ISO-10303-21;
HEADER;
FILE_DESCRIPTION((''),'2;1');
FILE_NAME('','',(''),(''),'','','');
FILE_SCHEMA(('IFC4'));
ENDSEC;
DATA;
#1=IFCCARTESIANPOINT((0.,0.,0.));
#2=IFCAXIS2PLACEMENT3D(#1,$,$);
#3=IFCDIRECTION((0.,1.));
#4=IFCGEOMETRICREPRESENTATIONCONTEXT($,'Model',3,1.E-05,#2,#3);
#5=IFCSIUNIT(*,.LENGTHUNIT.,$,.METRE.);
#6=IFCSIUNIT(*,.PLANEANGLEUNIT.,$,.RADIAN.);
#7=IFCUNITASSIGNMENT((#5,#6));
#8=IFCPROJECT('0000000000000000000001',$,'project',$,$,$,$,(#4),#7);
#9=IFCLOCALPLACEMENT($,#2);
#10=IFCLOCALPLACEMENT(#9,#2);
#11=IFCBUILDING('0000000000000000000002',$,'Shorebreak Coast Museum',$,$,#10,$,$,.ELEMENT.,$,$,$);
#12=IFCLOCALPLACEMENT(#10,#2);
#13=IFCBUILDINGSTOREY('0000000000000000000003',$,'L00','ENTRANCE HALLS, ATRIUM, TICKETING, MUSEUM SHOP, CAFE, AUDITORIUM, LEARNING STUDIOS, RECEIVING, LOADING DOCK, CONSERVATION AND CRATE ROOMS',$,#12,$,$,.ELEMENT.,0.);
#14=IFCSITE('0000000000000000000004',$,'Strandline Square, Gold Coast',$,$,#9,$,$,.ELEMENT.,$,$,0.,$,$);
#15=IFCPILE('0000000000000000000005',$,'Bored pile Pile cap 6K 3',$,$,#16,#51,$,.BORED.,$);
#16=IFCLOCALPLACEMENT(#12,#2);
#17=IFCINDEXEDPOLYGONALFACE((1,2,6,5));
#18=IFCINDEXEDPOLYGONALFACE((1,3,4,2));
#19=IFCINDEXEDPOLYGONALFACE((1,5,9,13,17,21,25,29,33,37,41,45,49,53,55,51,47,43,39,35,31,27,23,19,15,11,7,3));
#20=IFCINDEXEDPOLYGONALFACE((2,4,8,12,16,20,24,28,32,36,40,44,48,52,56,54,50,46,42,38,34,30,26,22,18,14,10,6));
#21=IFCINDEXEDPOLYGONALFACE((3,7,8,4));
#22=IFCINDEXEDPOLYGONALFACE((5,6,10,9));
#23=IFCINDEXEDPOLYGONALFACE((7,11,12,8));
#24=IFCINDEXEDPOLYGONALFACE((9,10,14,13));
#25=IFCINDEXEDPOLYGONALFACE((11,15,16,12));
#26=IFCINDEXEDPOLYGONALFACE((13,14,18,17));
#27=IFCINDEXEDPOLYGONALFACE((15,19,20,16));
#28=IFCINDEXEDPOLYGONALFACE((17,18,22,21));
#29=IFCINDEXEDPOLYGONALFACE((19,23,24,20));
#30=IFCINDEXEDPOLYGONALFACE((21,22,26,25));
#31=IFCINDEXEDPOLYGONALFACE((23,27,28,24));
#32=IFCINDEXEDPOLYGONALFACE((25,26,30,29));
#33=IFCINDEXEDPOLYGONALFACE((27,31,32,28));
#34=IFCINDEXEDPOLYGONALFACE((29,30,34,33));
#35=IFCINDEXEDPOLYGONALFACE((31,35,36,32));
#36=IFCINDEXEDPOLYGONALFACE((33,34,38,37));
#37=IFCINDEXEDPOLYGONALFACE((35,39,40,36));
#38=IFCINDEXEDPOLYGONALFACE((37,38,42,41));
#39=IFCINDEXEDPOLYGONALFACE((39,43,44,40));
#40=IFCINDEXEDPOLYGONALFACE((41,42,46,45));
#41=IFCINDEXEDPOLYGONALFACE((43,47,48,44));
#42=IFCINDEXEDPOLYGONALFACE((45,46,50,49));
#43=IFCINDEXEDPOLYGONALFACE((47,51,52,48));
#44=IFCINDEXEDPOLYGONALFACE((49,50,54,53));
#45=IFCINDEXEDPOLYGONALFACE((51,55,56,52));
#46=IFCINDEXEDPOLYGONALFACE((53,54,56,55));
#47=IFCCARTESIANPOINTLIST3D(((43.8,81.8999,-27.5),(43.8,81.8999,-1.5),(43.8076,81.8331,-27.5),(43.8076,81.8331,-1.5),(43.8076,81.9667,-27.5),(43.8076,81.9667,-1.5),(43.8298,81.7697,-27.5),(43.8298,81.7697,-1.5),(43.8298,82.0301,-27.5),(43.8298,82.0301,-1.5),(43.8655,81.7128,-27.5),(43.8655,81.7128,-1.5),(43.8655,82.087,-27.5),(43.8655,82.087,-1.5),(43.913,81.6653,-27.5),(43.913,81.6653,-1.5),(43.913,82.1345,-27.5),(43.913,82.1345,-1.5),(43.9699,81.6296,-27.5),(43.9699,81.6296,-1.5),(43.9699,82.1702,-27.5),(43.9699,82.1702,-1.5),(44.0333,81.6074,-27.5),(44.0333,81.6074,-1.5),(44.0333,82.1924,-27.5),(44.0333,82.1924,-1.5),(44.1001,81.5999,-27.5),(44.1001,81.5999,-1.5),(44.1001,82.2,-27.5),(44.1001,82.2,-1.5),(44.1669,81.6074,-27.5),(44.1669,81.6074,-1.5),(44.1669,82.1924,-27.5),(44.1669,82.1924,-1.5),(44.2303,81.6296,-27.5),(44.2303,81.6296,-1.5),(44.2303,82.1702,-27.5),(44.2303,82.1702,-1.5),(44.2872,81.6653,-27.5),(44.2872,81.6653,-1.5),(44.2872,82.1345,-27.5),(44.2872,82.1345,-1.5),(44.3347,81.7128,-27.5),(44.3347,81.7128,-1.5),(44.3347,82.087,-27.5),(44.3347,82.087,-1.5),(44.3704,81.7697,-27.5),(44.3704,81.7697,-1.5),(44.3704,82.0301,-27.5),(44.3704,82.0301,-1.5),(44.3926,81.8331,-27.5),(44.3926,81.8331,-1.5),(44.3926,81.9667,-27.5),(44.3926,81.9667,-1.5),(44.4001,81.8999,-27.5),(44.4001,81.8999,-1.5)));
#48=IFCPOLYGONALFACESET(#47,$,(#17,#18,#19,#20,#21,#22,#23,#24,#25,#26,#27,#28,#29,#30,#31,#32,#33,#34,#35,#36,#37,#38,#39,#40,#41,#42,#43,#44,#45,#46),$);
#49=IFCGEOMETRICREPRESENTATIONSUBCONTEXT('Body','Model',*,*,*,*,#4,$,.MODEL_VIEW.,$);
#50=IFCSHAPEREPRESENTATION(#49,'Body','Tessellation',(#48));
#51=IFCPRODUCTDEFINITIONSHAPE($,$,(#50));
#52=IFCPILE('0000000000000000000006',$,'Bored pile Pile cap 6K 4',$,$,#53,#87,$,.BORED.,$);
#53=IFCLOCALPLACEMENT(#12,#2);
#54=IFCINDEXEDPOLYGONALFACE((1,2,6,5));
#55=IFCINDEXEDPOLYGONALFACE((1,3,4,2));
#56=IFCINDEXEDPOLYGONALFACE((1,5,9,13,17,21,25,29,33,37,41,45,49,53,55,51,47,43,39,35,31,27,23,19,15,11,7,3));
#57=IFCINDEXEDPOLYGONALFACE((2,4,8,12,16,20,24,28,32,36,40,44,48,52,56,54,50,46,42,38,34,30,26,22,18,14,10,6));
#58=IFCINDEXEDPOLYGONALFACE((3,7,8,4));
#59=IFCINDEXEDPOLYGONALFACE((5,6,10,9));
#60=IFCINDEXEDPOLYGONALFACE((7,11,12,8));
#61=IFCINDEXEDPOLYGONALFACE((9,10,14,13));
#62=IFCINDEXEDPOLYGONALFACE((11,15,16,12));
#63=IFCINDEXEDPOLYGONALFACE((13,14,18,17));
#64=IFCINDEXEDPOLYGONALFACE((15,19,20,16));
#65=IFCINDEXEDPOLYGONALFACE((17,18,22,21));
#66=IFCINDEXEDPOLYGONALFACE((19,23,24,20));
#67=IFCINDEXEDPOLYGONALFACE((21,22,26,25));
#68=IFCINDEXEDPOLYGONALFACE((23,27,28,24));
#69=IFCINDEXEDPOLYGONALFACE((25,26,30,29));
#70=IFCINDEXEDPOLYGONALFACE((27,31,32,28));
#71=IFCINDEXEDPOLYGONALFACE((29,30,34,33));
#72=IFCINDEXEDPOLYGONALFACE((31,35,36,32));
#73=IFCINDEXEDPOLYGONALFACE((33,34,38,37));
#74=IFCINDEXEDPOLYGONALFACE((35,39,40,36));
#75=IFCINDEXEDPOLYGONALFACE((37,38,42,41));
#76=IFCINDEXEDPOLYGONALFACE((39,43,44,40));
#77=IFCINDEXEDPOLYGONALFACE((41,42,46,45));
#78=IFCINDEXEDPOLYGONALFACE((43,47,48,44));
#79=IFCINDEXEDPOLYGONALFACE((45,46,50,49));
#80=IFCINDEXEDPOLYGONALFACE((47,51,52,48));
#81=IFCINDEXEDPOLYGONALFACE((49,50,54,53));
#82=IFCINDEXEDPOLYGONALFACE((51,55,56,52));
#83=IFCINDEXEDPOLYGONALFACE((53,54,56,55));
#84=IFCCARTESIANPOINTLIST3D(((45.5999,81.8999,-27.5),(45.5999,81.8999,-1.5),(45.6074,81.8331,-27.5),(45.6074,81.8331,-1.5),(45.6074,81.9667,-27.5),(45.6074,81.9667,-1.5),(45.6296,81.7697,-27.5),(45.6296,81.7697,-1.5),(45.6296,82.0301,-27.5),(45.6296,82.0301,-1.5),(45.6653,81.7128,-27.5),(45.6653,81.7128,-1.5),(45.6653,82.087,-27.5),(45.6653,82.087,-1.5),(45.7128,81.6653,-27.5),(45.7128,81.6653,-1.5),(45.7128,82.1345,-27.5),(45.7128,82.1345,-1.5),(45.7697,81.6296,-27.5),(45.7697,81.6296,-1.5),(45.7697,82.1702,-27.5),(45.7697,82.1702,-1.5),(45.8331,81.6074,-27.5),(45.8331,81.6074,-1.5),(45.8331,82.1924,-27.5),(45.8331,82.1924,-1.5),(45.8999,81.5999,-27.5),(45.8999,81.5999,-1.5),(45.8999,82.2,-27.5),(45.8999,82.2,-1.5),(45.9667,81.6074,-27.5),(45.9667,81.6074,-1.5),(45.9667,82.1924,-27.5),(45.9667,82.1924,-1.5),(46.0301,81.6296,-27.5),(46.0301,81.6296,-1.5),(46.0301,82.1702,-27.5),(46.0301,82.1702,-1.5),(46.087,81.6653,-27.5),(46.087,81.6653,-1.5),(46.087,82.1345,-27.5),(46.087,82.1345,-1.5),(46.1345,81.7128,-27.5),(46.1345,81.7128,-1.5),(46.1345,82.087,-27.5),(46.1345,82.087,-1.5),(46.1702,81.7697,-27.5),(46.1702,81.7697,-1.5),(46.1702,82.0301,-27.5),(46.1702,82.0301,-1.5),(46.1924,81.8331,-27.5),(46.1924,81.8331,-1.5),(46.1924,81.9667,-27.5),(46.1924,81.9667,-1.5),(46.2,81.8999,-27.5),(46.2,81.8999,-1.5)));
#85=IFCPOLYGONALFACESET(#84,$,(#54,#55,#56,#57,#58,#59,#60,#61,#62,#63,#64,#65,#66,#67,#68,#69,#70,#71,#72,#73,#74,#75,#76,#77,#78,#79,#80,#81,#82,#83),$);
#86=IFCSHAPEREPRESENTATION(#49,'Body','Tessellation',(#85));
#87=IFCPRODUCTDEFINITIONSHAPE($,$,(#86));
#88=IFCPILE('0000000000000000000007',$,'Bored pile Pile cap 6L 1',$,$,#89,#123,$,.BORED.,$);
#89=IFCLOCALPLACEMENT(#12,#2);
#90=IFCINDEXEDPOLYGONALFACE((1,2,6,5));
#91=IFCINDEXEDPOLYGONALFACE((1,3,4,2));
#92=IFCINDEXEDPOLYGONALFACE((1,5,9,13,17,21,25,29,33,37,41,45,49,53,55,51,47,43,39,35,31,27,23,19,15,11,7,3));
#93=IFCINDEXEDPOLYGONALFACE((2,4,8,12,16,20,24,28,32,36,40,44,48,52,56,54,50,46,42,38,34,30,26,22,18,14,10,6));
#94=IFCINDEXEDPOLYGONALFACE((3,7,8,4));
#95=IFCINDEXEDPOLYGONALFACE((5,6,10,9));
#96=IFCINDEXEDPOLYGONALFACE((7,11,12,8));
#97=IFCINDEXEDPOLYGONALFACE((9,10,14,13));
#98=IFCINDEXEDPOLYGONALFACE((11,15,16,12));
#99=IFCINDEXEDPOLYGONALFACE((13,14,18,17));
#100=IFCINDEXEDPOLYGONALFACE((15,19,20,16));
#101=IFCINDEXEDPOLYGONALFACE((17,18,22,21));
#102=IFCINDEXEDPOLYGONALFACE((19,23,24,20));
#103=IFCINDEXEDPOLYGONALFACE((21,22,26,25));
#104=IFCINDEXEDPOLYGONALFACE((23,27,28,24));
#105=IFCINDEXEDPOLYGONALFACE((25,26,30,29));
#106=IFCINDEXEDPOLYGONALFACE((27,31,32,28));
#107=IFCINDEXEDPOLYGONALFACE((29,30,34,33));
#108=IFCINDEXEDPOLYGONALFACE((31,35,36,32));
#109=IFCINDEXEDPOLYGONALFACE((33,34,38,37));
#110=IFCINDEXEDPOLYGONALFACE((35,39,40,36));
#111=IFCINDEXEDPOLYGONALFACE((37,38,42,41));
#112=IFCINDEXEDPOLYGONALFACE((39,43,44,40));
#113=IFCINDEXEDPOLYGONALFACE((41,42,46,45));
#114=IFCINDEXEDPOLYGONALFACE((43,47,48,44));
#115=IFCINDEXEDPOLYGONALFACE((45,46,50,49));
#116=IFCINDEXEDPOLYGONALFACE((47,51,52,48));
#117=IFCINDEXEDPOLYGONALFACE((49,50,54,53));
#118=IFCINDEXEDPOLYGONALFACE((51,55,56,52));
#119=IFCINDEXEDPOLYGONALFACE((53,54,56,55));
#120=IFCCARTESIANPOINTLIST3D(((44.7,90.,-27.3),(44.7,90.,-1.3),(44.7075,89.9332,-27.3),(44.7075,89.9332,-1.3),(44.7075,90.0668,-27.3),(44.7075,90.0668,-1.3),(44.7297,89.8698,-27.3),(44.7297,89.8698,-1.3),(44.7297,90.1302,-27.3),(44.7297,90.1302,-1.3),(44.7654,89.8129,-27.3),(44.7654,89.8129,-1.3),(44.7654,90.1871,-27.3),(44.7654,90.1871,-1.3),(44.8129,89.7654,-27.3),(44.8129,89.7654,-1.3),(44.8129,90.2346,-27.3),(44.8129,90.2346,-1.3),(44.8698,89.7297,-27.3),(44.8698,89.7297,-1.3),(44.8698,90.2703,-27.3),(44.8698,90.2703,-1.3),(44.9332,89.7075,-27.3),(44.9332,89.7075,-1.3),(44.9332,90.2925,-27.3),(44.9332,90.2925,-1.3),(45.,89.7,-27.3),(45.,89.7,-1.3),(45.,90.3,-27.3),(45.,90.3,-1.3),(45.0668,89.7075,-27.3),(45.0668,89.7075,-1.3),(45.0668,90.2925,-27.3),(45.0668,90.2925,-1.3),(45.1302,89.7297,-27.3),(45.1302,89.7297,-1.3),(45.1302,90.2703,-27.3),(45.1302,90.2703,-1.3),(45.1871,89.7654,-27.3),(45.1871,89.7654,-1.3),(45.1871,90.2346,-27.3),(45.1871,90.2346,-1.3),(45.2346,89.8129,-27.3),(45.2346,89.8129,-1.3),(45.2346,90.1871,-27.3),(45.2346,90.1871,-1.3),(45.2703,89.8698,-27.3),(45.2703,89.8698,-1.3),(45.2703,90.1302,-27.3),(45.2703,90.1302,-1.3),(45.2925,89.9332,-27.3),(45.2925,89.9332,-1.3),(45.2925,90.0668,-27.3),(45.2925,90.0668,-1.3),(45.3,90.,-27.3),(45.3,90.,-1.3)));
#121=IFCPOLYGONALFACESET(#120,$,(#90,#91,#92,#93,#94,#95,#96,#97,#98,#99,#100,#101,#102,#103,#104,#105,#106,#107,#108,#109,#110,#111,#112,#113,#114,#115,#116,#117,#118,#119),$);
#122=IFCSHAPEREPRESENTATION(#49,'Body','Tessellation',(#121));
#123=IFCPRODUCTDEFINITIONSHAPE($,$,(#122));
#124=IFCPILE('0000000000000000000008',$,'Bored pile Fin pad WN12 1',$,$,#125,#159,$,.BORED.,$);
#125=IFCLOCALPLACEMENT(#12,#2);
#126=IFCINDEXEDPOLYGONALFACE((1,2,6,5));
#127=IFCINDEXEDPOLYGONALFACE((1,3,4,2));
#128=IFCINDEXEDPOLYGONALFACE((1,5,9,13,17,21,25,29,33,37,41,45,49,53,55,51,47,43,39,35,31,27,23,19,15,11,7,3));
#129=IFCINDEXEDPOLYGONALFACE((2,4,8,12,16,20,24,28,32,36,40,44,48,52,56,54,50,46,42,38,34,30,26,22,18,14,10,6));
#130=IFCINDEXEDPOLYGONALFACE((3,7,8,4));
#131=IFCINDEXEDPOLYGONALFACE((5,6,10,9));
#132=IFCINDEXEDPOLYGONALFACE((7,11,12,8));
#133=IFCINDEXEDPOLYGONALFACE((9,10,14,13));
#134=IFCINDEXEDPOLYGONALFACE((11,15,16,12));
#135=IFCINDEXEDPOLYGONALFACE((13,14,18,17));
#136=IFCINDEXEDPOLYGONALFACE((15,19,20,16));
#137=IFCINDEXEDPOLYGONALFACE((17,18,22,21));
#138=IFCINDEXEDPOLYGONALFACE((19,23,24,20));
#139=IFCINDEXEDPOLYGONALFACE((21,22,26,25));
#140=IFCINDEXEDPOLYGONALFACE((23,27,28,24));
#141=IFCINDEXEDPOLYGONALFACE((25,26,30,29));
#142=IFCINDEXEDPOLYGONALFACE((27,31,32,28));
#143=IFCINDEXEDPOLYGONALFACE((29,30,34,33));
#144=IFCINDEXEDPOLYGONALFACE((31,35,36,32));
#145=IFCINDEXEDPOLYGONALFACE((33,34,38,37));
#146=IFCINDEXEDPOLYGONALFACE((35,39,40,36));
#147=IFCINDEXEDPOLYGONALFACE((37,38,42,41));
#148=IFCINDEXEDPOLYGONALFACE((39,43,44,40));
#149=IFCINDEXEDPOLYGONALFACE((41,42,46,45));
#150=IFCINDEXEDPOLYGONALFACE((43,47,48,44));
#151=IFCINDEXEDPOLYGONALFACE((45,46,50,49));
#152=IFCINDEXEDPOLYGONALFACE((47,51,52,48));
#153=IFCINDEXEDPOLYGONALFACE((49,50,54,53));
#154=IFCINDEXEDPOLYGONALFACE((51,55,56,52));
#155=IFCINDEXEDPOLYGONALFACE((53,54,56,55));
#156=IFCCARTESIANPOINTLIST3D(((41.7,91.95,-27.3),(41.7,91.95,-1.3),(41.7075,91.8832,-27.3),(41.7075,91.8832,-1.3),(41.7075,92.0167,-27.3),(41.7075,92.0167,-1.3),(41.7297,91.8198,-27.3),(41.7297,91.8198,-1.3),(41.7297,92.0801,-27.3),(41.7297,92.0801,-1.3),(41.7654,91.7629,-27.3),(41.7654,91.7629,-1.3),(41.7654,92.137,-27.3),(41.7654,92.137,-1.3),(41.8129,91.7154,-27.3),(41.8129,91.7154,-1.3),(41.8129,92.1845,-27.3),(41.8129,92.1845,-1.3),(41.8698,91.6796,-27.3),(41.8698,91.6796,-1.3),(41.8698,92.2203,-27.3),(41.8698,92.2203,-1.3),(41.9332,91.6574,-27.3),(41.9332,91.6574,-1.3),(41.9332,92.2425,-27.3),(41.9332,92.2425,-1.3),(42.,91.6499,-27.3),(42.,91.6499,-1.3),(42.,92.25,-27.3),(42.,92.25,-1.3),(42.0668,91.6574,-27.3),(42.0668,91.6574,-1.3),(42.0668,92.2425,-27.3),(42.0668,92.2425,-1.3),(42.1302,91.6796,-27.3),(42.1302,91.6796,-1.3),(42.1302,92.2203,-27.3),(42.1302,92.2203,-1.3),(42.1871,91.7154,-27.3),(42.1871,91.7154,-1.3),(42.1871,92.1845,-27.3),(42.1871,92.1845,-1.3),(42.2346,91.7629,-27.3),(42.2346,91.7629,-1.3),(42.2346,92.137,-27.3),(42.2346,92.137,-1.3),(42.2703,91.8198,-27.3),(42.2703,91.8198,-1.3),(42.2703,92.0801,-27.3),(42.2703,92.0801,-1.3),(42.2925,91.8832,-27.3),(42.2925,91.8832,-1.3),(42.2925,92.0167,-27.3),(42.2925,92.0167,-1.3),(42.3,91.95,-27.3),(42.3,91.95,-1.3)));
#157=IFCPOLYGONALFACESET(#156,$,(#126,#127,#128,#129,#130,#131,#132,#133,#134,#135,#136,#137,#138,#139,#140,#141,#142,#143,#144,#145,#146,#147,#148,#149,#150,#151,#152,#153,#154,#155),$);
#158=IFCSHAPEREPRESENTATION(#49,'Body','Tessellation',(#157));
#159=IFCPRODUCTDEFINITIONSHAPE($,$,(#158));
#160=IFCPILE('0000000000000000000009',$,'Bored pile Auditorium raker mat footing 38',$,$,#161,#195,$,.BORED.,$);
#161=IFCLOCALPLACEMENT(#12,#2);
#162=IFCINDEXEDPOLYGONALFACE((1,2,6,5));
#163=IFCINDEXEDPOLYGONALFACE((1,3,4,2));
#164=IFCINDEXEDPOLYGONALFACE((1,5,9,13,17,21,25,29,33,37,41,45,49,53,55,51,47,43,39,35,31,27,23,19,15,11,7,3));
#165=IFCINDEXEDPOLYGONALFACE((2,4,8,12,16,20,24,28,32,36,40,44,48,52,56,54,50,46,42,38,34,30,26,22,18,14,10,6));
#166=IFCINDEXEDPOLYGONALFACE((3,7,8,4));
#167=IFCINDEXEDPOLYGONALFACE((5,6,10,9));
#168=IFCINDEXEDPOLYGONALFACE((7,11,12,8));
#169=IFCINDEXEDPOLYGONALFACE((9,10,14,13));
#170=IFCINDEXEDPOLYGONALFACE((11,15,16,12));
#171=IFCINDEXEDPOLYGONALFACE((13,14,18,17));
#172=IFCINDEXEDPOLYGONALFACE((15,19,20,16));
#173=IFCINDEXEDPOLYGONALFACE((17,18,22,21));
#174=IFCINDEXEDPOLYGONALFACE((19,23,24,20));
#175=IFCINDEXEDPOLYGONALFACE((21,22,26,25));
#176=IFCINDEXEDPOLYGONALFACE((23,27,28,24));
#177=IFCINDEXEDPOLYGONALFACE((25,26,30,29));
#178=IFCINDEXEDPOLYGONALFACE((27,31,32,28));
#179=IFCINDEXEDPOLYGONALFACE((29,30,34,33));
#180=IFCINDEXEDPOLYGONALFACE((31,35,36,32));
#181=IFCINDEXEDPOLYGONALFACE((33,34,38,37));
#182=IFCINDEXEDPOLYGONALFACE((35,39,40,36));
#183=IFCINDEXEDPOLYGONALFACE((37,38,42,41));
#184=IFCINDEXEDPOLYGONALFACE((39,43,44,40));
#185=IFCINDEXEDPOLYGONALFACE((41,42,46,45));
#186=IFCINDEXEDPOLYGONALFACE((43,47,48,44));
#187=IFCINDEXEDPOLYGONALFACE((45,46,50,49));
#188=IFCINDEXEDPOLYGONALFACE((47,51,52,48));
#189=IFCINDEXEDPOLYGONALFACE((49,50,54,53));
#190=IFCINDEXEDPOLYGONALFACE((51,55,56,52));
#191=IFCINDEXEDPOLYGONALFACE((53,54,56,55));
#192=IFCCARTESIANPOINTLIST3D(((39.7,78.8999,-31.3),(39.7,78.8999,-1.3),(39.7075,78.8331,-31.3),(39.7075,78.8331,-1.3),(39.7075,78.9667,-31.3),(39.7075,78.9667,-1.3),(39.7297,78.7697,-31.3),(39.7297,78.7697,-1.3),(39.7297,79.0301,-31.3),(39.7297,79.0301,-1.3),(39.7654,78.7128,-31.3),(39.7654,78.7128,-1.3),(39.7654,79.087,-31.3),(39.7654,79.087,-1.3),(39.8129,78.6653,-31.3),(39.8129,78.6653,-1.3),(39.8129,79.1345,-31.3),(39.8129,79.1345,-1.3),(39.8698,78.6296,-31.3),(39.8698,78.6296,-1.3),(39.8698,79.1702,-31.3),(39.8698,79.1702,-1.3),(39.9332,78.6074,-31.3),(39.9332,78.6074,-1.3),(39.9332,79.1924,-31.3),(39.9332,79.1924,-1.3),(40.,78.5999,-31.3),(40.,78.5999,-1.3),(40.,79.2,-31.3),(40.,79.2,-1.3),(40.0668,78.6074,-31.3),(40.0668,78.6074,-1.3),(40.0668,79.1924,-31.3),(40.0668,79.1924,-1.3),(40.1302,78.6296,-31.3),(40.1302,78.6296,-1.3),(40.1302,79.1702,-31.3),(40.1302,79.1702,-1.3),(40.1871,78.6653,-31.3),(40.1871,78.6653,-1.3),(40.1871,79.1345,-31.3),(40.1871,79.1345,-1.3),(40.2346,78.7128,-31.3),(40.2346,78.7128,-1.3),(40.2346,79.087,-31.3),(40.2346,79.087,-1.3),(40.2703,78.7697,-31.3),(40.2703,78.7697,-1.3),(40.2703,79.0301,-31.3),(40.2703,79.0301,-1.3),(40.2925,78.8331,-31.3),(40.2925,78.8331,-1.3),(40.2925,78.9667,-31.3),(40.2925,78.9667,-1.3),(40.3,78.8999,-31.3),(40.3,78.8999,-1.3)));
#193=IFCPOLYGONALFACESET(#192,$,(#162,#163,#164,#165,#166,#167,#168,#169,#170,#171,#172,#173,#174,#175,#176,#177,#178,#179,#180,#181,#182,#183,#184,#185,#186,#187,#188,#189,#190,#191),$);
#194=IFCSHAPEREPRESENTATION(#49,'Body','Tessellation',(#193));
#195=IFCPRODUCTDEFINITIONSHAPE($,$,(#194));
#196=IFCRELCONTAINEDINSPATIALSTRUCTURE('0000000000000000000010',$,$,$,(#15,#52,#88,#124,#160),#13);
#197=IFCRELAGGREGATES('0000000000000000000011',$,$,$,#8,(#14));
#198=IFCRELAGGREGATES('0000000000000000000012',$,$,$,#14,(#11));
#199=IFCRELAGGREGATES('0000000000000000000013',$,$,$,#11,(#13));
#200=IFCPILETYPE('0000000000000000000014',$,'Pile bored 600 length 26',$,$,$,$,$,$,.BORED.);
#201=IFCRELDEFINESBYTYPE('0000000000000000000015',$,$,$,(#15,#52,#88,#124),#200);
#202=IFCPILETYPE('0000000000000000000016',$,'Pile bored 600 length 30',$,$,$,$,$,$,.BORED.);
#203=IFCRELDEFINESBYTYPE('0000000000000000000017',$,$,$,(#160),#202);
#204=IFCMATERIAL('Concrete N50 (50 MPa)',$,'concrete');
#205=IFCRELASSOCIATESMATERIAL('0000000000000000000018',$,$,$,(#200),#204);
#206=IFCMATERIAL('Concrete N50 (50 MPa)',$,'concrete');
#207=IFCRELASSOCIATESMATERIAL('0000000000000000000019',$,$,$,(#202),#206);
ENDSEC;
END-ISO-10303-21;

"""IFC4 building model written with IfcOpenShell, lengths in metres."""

from ifc_helpers import new_model, si_unit, direction, frame, origin, origin_2d, place, context, subcontext, project, spatial, circle, extrude, material, material_profile, profile_set, type_object, element, save


model = new_model("IFC4")

# Units and contexts
model_context = context("Model", 3, precision=1e-05, world=origin(), true_north=direction((0.0, 1.0)))
body_context = subcontext(model_context, "Body", "Model", "MODEL_VIEW")
ifc_project = project(units=[si_unit("LENGTHUNIT", "METRE"), si_unit("PLANEANGLEUNIT", "RADIAN")], contexts=[model_context])

# Site, building, storey
site_placement = place(None, origin())
site = spatial("IfcSite", under=ifc_project, at=site_placement, Name="Strandline Square, Gold Coast", CompositionType="ELEMENT", RefElevation=0.0)
building_placement = place(site_placement, origin())
building = spatial("IfcBuilding", under=site, at=building_placement, Name="Shorebreak Coast Museum", CompositionType="ELEMENT")
storey_placement = place(building_placement, origin())
storey = spatial("IfcBuildingStorey", under=building, at=storey_placement, Name="L00", Description="ENTRANCE HALLS, ATRIUM, TICKETING, MUSEUM SHOP, CAFE, AUDITORIUM, LEARNING STUDIOS, RECEIVING, LOADING DOCK, CONSERVATION AND CRATE ROOMS", CompositionType="ELEMENT", Elevation=0.0)

# Piles
ifc_material_1 = material(Name="Concrete N50 (50 MPa)", Category="concrete")
ifc_material_profile_1 = material_profile(ifc_material_1, circle(Radius=0.3, at=origin_2d()), Name="Pile bored 600 length 26")
ifc_profile_set_1 = profile_set([ifc_material_profile_1], Name="Concrete N50 (50 MPa)")
pile_type_1 = type_object("IfcPileType", Name="Pile bored 600 length 26", PredefinedType="BORED", material=ifc_profile_set_1)
for number, where, z_axis, x_axis, name in (
    (1, (44.1001, 81.8999, -1.5), (0.0, 0.0, -1.0), (1.0, 0.0, 0.0), "Bored pile Pile cap 6K 3"),
    (2, (45.8999, 81.8999, -1.5), (0.0, 0.0, -1.0), (1.0, 0.0, 0.0), "Bored pile Pile cap 6K 4"),
    (3, (45.0, 90.0, -1.3), (0.0, 0.0, -1.0), (1.0, 0.0, 0.0), "Bored pile Pile cap 6L 1"),
    (4, (42.0, 91.95, -1.3), (0.0, 0.0, -1.0), (1.0, 0.0, 0.0), "Bored pile Fin pad WN12 1"),
):
    element("IfcPile", number, at=place(storey_placement, frame(where, z_axis=z_axis, x_axis=x_axis)), inside=storey, type_object=pile_type_1, Name=name, PredefinedType="BORED", context=body_context, shape_type="SweptSolid", body=[
        extrude(circle(Radius=0.3, at=origin_2d()), origin(), (0.0, 0.0, 1.0), 26.0),
    ])
ifc_material_2 = material(Name="Concrete N50 (50 MPa)", Category="concrete")
ifc_material_profile_2 = material_profile(ifc_material_2, circle(Radius=0.3, at=origin_2d()), Name="Pile bored 600 length 30")
ifc_profile_set_2 = profile_set([ifc_material_profile_2], Name="Concrete N50 (50 MPa)")
pile_type_2 = type_object("IfcPileType", Name="Pile bored 600 length 30", PredefinedType="BORED", material=ifc_profile_set_2)
for number, where, z_axis, x_axis, name in (
    (5, (40.0, 78.8999, -1.3), (0.0, 0.0, -1.0), (1.0, 0.0, 0.0), "Bored pile Auditorium raker mat footing 38"),
):
    element("IfcPile", number, at=place(storey_placement, frame(where, z_axis=z_axis, x_axis=x_axis)), inside=storey, type_object=pile_type_2, Name=name, PredefinedType="BORED", context=body_context, shape_type="SweptSolid", body=[
        extrude(circle(Radius=0.3, at=origin_2d()), origin(), (0.0, 0.0, 1.0), 30.0),
    ])

save(model, "model.ifc")
